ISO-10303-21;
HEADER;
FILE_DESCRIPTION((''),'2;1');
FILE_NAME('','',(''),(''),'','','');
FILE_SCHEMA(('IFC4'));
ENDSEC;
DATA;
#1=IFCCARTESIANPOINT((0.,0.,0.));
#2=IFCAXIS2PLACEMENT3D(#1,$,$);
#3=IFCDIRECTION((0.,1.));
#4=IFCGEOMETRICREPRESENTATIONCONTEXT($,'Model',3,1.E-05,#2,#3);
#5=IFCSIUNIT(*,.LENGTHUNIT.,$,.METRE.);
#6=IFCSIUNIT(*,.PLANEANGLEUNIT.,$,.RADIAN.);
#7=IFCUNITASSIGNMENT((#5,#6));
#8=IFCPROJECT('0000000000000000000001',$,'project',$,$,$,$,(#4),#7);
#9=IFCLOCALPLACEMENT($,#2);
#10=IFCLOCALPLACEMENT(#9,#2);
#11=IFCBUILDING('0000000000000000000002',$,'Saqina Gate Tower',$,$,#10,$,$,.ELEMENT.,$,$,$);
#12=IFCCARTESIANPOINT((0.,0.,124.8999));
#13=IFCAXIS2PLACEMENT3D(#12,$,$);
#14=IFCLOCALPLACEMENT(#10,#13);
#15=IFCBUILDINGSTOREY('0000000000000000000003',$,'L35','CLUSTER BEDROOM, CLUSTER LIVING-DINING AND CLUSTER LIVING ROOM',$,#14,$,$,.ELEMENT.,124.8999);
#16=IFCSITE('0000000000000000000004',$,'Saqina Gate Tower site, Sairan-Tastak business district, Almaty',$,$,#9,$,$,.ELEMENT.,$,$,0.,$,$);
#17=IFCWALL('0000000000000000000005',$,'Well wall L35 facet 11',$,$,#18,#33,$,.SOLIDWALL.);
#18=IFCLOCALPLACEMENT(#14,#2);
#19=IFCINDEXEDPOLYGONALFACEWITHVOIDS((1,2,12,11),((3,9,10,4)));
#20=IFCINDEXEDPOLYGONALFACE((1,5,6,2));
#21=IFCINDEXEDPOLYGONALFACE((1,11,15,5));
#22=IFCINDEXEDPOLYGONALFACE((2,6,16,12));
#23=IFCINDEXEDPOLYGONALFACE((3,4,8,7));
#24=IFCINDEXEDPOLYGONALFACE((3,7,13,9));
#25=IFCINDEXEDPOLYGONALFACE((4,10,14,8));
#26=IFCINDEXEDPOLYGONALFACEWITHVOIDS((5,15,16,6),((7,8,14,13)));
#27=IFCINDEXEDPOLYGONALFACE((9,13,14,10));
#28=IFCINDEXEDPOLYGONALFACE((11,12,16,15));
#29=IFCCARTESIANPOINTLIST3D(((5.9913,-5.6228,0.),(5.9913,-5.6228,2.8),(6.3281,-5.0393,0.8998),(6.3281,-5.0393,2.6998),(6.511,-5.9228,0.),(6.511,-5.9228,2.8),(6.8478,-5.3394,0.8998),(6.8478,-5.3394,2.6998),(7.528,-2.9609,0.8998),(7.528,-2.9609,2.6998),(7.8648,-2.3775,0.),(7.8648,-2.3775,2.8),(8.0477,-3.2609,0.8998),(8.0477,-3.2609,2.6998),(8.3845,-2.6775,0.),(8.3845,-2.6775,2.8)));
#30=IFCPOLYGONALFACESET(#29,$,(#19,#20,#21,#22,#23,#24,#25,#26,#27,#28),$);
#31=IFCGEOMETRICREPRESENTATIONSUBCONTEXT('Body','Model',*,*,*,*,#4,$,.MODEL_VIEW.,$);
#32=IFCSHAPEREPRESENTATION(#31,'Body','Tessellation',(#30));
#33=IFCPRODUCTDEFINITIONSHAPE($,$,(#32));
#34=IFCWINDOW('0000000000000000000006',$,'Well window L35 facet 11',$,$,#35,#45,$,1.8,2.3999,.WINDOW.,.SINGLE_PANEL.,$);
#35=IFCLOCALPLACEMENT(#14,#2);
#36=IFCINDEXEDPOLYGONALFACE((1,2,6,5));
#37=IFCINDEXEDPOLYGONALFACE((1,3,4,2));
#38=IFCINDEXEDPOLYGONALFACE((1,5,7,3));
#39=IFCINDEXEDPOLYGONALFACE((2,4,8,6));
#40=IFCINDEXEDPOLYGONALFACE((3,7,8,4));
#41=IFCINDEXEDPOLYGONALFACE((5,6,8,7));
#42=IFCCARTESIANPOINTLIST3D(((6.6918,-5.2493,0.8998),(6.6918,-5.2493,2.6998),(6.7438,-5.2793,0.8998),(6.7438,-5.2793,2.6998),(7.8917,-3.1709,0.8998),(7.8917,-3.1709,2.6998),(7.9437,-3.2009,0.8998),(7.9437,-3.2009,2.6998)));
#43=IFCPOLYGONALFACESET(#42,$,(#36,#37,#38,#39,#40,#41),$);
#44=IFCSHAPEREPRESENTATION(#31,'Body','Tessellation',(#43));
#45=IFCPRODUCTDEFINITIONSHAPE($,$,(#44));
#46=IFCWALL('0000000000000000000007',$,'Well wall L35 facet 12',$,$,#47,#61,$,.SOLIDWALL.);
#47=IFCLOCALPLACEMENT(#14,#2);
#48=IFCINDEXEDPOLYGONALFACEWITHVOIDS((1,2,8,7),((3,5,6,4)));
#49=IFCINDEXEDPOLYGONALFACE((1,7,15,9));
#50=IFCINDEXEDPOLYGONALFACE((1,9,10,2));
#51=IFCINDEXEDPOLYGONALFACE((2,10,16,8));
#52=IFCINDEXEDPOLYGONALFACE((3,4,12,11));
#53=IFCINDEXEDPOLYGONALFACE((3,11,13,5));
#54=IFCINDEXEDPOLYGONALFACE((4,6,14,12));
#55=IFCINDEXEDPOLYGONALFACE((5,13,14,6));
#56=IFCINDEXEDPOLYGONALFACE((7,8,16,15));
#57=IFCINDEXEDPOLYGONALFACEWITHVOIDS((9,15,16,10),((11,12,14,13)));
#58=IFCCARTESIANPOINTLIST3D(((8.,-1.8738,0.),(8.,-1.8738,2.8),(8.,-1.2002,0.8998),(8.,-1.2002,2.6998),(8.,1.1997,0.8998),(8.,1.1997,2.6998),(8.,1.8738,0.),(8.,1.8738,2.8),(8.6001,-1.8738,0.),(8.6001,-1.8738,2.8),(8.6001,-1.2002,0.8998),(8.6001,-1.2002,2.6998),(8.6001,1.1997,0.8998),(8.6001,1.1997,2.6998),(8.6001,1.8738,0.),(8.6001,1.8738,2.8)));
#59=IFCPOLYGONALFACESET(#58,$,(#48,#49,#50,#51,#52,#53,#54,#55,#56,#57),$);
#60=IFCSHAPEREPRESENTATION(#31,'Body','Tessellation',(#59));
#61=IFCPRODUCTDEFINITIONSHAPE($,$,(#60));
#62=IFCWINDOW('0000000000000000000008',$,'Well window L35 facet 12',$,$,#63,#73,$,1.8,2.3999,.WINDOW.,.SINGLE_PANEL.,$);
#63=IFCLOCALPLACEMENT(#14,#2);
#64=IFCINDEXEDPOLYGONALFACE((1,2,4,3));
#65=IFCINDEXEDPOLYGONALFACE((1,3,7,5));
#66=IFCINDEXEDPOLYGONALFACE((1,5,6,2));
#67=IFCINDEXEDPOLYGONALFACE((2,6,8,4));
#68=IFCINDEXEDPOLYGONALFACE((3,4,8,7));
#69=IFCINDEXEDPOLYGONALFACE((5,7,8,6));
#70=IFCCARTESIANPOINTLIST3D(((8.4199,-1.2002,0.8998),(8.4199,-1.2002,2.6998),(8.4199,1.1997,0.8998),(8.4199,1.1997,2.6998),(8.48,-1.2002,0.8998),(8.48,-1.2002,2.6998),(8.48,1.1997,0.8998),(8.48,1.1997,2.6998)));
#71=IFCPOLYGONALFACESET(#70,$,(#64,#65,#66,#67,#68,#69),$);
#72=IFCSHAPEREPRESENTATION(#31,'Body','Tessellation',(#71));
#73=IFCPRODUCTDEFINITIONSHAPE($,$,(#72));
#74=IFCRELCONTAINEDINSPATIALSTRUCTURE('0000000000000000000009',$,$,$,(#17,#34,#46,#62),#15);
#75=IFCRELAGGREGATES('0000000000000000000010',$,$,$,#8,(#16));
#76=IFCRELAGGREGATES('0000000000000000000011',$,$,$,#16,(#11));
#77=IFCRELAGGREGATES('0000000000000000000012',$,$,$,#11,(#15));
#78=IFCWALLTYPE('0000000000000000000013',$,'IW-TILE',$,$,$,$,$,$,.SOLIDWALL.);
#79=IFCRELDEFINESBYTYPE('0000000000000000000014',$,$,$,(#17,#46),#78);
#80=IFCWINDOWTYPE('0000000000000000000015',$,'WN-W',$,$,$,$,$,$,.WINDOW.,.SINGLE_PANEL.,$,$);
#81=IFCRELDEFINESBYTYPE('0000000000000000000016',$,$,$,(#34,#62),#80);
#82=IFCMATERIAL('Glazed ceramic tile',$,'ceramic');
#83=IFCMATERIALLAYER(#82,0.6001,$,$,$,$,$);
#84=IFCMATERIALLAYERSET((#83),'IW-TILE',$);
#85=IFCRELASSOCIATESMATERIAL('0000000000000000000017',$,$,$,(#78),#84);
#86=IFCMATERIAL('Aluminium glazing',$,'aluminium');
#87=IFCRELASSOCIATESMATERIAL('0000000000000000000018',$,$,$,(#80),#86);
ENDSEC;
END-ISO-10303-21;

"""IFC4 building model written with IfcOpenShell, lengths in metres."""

from ifc_helpers import new_model, si_unit, direction, frame, frame_2d, origin, place, context, subcontext, project, spatial, rectangle, extrude, material, layer, layer_set, type_object, element, fill, save


model = new_model("IFC4")

# Units and contexts
model_context = context("Model", 3, precision=1e-05, world=origin(), true_north=direction((0.0, 1.0)))
body_context = subcontext(model_context, "Body", "Model", "MODEL_VIEW")
ifc_project = project(units=[si_unit("LENGTHUNIT", "METRE"), si_unit("PLANEANGLEUNIT", "RADIAN")], contexts=[model_context])

# Site, building, storey
site_placement = place(None, origin())
site = spatial("IfcSite", under=ifc_project, at=site_placement, Name="Saqina Gate Tower site, Sairan-Tastak business district, Almaty", CompositionType="ELEMENT", RefElevation=0.0)
building_placement = place(site_placement, origin())
building = spatial("IfcBuilding", under=site, at=building_placement, Name="Saqina Gate Tower", CompositionType="ELEMENT")
storey_placement = place(building_placement, frame((0.0, 0.0, 124.8999)))
storey = spatial("IfcBuildingStorey", under=building, at=storey_placement, Name="L35", Description="CLUSTER BEDROOM, CLUSTER LIVING-DINING AND CLUSTER LIVING ROOM", CompositionType="ELEMENT", Elevation=124.8999)

# Walls, openings, windows
ifc_material_1 = material(Name="Glazed ceramic tile", Category="ceramic")
ifc_layer = layer(ifc_material_1, 0.6001)
ifc_layer_set = layer_set([ifc_layer], Name="IW-TILE")
wall_type_1 = type_object("IfcWallType", Name="IW-TILE", PredefinedType="SOLIDWALL", material=ifc_layer_set)
wall_1_placement = place(storey_placement, frame((6.2512, -5.7727, 0.0), z_axis=(0.0, 0.0, 1.0), x_axis=(0.499965, 0.866046, 0.0)))
wall_1 = element("IfcWall", 1, at=wall_1_placement, inside=storey, type_object=wall_type_1, Name="Well wall L35 facet 11", PredefinedType="SOLIDWALL", context=body_context, shape_type="SweptSolid", body=[
    extrude(rectangle(XDim=3.7473, YDim=0.6001, at=frame_2d((1.8735, 0.0))), origin(), (0.0, 0.0, 1.0), 2.8),
])
opening_1_placement = place(wall_1_placement, frame((0.6736, 0.0, 0.8999)))
opening_1 = element("IfcOpeningElement", 2, at=opening_1_placement, cuts=wall_1, PredefinedType="OPENING", context=body_context, shape_type="SweptSolid", body=[
    extrude(rectangle(XDim=2.3999, YDim=1.8, at=frame_2d((1.2, 0.8999))), frame((0.0, 0.312, 0.0), z_axis=(0.0, -1.0, 0.0), x_axis=(1.0, 0.0, 0.0)), (0.0, 0.0, 1.0), 0.624),
])
ifc_material_2 = material(Name="Aluminium glazing", Category="aluminium")
window_type = type_object("IfcWindowType", Name="WN-W", PartitioningType="SINGLE_PANEL", PredefinedType="WINDOW", material=ifc_material_2)
window_1_placement = place(opening_1_placement, origin())
window_1 = element("IfcWindow", 3, at=window_1_placement, inside=storey, type_object=window_type, Name="Well window L35 facet 11", OverallHeight=1.8, OverallWidth=2.3999, PartitioningType="SINGLE_PANEL", PredefinedType="WINDOW", context=body_context, shape_type="SweptSolid", body=[
    extrude(rectangle(XDim=2.3999, YDim=1.8, at=frame_2d((1.2, 0.8999))), frame((0.0, -0.1199, 0.0), z_axis=(0.0, -1.0, 0.0), x_axis=(1.0, 0.0, 0.0)), (0.0, 0.0, 1.0), 0.0601),
])
fill(opening_1, window_1)
wall_2_placement = place(storey_placement, frame((8.3, -1.8738, 0.0), z_axis=(0.0, 0.0, 1.0), x_axis=(0.0, 1.0, 0.0)))
wall_2 = element("IfcWall", 4, at=wall_2_placement, inside=storey, type_object=wall_type_1, Name="Well wall L35 facet 12", PredefinedType="SOLIDWALL", context=body_context, shape_type="SweptSolid", body=[
    extrude(rectangle(XDim=3.7476, YDim=0.6001, at=frame_2d((1.8738, 0.0))), origin(), (0.0, 0.0, 1.0), 2.8),
])
opening_2_placement = place(wall_2_placement, frame((0.6736, 0.0, 0.8999)))
opening_2 = element("IfcOpeningElement", 5, at=opening_2_placement, cuts=wall_2, PredefinedType="OPENING", context=body_context, shape_type="SweptSolid", body=[
    extrude(rectangle(XDim=2.3999, YDim=1.8, at=frame_2d((1.2, 0.8999))), frame((0.0, 0.312, 0.0), z_axis=(0.0, -1.0, 0.0), x_axis=(1.0, 0.0, 0.0)), (0.0, 0.0, 1.0), 0.624),
])
window_2_placement = place(opening_2_placement, origin())
window_2 = element("IfcWindow", 6, at=window_2_placement, inside=storey, type_object=window_type, Name="Well window L35 facet 12", OverallHeight=1.8, OverallWidth=2.3999, PartitioningType="SINGLE_PANEL", PredefinedType="WINDOW", context=body_context, shape_type="SweptSolid", body=[
    extrude(rectangle(XDim=2.3999, YDim=1.8, at=frame_2d((1.2, 0.8999))), frame((0.0, -0.1199, 0.0), z_axis=(0.0, -1.0, 0.0), x_axis=(1.0, 0.0, 0.0)), (0.0, 0.0, 1.0), 0.0601),
])
fill(opening_2, window_2)

save(model, "model.ifc")
